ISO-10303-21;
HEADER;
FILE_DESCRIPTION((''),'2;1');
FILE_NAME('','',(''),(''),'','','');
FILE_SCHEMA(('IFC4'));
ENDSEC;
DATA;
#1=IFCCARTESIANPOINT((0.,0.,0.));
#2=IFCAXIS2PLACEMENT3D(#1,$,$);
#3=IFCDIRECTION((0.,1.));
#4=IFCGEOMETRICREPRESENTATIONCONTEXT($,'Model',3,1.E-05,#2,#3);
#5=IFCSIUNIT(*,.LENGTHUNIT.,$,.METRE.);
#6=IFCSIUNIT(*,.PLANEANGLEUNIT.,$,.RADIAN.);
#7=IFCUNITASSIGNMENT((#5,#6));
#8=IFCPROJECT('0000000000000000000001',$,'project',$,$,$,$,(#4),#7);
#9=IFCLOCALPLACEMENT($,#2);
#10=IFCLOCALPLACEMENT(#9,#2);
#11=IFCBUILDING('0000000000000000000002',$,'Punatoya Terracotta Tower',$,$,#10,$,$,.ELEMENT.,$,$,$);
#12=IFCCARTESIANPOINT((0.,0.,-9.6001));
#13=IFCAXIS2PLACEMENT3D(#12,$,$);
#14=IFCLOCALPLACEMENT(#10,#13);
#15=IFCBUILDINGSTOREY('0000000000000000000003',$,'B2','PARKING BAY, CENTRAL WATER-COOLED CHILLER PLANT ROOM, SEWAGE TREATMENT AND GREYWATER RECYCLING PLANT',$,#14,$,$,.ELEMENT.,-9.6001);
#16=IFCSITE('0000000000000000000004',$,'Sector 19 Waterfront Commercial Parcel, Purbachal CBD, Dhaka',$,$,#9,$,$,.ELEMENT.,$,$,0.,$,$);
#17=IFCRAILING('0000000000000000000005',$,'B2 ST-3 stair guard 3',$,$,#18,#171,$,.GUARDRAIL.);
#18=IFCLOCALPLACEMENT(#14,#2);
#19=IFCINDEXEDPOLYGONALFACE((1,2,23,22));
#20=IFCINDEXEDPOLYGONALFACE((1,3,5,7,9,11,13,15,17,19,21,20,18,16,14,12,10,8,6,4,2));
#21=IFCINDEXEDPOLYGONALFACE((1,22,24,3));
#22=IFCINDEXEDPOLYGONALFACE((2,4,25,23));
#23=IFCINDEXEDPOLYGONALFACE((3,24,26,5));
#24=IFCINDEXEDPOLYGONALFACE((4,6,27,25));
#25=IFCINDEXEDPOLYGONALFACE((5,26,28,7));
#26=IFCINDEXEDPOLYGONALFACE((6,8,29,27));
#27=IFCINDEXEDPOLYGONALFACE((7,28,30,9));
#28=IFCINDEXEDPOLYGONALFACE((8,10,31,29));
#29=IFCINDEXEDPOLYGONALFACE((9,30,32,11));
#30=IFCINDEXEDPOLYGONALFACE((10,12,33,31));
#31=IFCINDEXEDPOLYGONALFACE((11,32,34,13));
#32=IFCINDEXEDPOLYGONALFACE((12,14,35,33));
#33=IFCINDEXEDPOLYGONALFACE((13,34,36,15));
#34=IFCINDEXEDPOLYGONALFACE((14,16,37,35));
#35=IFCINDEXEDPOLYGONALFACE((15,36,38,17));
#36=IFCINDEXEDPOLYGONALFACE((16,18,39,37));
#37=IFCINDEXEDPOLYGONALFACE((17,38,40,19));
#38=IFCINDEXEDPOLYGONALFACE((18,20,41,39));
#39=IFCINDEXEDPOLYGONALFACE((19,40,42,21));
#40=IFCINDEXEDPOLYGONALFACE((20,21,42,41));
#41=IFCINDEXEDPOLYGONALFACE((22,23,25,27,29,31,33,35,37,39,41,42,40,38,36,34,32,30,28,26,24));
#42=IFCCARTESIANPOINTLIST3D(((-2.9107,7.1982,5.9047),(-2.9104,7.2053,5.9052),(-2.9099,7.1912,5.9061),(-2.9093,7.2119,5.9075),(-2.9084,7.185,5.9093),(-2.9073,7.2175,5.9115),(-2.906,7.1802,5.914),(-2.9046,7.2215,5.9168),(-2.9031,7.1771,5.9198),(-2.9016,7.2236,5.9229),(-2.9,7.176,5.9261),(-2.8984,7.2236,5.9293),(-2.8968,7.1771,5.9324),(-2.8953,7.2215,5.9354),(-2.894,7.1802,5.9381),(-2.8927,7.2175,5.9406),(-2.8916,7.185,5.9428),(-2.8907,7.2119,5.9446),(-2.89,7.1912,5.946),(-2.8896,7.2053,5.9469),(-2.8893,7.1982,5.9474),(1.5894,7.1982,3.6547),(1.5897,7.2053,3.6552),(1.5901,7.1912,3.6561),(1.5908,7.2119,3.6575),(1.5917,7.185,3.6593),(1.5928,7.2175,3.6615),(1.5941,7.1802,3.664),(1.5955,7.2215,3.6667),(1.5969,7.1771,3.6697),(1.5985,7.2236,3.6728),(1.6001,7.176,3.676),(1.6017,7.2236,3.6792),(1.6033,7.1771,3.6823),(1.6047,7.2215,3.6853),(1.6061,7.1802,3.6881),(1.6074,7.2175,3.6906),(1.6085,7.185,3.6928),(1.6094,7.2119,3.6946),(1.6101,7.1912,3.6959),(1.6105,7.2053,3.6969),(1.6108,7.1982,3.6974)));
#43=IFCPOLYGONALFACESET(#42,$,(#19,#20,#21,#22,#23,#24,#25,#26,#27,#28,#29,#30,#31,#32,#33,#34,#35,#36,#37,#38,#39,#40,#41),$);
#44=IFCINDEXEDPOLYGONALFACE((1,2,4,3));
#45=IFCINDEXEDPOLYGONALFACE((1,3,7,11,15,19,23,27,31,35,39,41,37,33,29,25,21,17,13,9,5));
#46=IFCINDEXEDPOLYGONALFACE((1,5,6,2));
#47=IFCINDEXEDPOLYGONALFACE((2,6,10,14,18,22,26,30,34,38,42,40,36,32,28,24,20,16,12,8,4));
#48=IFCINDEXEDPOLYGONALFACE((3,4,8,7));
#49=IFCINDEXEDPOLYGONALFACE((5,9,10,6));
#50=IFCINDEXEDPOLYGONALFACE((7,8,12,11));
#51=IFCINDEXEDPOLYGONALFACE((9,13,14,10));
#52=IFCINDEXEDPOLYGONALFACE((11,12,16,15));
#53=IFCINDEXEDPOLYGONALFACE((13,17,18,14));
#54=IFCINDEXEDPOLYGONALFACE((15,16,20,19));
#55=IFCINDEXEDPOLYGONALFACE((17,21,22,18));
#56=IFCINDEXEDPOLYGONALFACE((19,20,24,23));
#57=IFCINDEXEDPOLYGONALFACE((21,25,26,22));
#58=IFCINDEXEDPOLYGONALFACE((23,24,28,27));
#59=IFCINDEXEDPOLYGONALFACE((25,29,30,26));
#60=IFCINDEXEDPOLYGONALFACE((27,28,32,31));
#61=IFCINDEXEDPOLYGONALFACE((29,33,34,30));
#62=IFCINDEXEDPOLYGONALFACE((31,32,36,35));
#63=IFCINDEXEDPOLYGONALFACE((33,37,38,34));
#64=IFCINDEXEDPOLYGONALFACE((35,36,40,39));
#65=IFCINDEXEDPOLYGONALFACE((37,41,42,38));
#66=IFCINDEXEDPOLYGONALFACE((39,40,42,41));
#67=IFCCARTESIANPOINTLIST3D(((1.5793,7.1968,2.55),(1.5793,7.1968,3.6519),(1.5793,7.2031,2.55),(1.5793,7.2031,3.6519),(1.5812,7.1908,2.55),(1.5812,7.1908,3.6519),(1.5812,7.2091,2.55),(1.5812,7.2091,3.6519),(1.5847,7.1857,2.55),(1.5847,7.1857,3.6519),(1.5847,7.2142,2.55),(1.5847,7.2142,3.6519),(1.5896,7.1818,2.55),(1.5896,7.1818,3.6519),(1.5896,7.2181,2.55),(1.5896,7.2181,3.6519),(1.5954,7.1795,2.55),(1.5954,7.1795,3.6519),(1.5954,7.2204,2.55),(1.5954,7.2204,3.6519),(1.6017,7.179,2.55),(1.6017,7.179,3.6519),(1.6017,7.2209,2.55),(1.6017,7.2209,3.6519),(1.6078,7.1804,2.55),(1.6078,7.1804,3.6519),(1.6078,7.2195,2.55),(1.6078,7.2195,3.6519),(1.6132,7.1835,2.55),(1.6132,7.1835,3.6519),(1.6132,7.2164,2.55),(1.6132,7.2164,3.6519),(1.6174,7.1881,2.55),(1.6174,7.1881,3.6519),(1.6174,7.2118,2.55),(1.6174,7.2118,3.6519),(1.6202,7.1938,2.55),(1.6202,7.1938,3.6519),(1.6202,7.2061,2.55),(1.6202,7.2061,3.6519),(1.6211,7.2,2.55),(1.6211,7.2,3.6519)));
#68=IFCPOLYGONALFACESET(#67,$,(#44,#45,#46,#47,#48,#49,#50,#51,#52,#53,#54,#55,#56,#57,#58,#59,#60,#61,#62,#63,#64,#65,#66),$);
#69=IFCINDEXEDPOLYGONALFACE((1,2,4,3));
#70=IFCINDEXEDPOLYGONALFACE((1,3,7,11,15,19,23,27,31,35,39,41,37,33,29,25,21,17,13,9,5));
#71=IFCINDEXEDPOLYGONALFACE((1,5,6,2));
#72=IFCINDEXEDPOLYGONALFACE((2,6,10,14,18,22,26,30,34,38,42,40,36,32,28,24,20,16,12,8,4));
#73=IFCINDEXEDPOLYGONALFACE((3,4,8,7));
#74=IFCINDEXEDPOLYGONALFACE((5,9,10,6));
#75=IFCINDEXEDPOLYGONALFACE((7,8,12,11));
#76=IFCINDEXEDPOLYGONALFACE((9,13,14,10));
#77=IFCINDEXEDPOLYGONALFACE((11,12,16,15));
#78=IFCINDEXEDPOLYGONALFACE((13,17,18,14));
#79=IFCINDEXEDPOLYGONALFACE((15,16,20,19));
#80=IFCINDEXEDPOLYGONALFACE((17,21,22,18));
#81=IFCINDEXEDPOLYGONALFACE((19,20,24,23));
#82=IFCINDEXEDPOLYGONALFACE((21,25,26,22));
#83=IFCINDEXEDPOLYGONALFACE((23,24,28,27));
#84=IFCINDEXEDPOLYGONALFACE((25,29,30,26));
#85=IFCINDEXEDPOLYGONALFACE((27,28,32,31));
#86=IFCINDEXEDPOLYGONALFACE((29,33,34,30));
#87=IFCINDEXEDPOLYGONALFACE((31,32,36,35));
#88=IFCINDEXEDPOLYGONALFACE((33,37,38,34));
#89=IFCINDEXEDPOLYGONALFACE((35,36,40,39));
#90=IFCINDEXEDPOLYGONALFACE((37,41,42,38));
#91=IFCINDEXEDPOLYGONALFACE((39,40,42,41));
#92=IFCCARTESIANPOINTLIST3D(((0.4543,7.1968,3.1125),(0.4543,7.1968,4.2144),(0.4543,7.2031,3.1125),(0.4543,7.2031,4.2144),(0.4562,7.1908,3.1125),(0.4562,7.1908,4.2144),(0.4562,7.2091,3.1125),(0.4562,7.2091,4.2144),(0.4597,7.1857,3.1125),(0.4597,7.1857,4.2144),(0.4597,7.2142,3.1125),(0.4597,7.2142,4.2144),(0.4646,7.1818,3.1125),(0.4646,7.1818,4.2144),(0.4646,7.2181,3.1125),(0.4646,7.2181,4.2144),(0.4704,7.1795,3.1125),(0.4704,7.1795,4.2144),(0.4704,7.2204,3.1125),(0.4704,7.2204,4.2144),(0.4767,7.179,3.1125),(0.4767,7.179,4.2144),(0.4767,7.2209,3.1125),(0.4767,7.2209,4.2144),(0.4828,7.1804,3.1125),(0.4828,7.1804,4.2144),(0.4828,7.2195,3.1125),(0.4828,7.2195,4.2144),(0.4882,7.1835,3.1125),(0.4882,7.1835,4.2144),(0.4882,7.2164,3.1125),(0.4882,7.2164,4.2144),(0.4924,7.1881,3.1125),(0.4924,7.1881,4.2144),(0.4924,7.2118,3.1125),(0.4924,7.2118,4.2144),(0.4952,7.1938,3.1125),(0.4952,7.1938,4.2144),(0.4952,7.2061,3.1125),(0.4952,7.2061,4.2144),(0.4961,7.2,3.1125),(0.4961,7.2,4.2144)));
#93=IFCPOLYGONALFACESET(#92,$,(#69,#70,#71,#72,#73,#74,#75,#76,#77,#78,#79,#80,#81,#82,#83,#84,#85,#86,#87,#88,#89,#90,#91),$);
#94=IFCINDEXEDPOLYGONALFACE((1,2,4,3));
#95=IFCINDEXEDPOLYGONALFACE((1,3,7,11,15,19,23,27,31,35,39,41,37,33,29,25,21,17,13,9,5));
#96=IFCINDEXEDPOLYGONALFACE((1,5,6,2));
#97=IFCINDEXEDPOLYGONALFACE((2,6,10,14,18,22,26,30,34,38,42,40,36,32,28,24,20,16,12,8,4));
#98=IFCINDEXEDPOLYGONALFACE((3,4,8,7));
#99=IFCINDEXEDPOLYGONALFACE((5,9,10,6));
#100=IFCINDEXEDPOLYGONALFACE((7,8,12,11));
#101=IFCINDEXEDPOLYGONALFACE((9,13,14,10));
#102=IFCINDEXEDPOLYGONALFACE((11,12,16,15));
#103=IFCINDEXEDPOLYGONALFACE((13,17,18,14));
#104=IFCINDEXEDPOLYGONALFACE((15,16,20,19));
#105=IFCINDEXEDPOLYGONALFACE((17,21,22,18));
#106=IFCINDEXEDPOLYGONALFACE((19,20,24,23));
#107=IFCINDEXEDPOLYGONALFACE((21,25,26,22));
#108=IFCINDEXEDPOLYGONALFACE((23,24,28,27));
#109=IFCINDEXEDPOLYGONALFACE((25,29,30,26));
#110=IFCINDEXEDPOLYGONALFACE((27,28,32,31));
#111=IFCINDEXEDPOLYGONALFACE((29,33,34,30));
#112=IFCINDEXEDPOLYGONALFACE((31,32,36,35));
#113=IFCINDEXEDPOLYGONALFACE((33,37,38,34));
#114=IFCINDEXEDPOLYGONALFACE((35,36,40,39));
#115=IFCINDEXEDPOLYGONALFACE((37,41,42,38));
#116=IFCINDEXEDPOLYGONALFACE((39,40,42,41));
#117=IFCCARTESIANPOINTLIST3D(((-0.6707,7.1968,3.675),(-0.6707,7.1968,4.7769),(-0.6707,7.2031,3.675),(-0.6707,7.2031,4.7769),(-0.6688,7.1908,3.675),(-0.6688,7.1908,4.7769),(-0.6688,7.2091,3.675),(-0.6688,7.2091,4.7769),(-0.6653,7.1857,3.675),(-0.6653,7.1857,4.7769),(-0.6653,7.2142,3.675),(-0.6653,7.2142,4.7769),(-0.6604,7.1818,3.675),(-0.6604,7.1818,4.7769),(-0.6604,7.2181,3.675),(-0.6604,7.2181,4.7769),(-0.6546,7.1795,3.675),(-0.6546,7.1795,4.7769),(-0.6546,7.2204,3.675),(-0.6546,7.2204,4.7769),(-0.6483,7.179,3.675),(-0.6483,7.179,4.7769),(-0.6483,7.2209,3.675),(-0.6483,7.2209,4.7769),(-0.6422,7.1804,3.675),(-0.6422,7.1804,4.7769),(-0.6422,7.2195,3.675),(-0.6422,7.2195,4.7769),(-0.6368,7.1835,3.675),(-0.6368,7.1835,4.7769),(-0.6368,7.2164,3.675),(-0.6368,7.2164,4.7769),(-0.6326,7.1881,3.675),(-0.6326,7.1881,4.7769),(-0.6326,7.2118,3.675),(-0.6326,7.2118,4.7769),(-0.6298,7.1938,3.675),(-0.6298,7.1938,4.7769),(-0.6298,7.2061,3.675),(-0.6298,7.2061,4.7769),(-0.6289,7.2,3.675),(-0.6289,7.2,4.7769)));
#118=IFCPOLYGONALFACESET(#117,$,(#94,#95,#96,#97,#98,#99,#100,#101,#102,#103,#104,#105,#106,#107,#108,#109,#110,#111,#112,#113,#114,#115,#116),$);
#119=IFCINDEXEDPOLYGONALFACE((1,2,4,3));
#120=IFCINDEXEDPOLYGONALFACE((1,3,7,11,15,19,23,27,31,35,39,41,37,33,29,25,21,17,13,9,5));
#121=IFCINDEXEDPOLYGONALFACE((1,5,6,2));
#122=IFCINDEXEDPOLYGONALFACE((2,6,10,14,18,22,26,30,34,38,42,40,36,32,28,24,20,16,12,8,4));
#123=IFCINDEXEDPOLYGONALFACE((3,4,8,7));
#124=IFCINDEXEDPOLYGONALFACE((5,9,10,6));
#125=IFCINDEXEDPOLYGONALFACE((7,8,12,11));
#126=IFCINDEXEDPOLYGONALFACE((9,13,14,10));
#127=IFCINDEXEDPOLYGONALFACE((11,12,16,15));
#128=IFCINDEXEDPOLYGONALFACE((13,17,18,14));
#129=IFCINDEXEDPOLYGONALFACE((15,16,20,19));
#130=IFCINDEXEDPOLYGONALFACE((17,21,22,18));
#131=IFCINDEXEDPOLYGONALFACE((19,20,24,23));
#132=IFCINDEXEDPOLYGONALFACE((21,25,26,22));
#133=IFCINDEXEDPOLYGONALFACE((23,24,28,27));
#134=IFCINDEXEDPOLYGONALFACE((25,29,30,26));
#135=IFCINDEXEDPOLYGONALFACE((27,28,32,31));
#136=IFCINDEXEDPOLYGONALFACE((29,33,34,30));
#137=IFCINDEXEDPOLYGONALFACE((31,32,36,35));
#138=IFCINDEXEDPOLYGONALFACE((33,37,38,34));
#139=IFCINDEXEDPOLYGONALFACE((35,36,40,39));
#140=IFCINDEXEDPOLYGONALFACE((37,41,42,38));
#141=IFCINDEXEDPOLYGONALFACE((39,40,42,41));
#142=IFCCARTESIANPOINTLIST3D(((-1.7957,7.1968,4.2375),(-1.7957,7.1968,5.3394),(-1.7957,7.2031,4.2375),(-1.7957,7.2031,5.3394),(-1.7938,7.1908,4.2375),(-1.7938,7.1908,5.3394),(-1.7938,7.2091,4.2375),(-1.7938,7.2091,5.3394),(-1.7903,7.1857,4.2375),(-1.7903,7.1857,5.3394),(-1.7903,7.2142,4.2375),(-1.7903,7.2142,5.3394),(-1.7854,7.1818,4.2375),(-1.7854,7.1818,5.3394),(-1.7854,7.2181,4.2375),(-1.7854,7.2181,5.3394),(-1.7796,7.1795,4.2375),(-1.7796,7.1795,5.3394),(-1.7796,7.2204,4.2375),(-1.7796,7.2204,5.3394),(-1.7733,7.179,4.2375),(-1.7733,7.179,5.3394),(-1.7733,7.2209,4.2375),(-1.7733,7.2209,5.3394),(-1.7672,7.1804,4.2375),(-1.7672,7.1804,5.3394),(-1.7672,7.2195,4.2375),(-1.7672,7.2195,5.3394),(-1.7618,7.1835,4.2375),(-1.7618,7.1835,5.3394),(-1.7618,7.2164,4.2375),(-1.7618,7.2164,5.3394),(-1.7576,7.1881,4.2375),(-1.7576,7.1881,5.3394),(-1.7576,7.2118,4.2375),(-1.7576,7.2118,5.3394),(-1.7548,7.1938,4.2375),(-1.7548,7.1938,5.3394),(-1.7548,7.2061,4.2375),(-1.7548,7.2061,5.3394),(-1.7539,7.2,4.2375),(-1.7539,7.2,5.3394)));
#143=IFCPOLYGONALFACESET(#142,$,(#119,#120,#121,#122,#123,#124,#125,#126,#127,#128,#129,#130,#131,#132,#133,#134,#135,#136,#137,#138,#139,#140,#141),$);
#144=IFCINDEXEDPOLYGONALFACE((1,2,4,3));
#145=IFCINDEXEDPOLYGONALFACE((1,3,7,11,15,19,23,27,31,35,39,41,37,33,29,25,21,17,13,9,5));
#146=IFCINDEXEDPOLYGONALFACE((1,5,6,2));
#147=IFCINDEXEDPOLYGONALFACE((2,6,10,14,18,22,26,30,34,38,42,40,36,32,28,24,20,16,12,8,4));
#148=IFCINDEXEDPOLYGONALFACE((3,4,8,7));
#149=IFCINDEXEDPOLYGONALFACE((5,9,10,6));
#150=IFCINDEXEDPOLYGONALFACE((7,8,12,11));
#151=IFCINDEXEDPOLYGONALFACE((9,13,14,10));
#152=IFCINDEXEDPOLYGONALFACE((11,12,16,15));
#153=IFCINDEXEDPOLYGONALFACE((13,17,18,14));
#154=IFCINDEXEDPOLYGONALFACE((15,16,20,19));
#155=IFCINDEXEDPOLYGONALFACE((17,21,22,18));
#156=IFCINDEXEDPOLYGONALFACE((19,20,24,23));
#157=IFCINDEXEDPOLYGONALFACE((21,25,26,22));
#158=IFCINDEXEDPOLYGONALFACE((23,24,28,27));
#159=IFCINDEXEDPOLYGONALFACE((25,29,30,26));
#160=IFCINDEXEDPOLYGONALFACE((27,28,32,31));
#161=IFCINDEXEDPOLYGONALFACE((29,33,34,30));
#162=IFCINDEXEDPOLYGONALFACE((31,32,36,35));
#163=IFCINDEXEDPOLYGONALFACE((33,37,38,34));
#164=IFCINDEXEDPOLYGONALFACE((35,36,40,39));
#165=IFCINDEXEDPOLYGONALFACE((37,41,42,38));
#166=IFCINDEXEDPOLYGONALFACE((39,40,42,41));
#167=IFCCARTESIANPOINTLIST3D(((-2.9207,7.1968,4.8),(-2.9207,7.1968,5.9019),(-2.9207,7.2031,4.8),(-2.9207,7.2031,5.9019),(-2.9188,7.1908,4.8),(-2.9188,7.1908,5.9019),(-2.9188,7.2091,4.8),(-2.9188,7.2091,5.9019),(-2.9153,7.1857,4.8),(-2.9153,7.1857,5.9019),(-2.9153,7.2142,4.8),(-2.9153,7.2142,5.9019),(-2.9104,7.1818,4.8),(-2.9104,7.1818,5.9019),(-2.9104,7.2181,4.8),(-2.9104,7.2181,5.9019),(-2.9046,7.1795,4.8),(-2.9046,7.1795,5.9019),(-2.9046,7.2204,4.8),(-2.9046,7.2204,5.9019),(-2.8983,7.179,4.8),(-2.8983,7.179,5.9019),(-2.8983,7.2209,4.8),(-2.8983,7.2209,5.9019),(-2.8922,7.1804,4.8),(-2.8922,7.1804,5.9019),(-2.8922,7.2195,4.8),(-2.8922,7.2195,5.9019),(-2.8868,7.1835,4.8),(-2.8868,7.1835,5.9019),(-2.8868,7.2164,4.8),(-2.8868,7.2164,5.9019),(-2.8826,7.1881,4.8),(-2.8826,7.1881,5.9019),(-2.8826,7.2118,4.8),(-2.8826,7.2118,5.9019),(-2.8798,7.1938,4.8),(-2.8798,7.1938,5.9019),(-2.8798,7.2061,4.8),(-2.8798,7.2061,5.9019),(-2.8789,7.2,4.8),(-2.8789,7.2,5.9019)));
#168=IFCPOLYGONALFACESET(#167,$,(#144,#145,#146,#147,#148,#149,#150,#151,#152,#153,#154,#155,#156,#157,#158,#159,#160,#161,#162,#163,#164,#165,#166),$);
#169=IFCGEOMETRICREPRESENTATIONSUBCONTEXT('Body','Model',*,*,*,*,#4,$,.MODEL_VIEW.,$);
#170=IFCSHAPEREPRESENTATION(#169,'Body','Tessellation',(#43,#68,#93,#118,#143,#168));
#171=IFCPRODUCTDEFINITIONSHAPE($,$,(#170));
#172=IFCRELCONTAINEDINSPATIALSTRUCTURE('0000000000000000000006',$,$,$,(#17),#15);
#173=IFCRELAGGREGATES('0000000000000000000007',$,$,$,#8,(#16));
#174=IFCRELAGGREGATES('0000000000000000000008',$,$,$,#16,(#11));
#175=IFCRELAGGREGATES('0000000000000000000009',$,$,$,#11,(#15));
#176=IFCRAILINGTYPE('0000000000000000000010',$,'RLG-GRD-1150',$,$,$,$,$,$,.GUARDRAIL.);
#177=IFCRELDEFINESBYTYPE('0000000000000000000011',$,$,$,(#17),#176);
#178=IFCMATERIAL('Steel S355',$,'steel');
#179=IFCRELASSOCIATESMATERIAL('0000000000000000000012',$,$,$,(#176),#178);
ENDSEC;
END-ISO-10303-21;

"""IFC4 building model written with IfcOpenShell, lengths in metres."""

from ifc_helpers import new_model, si_unit, direction, frame, origin, origin_2d, place, context, subcontext, project, spatial, circle, extrude, material, type_object, element, save


model = new_model("IFC4")

# Units and contexts
model_context = context("Model", 3, precision=1e-05, world=origin(), true_north=direction((0.0, 1.0)))
body_context = subcontext(model_context, "Body", "Model", "MODEL_VIEW")
ifc_project = project(units=[si_unit("LENGTHUNIT", "METRE"), si_unit("PLANEANGLEUNIT", "RADIAN")], contexts=[model_context])

# Site, building, storey
site_placement = place(None, origin())
site = spatial("IfcSite", under=ifc_project, at=site_placement, Name="Sector 19 Waterfront Commercial Parcel, Purbachal CBD, Dhaka", CompositionType="ELEMENT", RefElevation=0.0)
building_placement = place(site_placement, origin())
building = spatial("IfcBuilding", under=site, at=building_placement, Name="Punatoya Terracotta Tower", CompositionType="ELEMENT")
storey_placement = place(building_placement, frame((0.0, 0.0, -9.6001)))
storey = spatial("IfcBuildingStorey", under=building, at=storey_placement, Name="B2", Description="PARKING BAY, CENTRAL WATER-COOLED CHILLER PLANT ROOM, SEWAGE TREATMENT AND GREYWATER RECYCLING PLANT", CompositionType="ELEMENT", Elevation=-9.6001)

# Railing
ifc_material_1 = material(Name="Steel S355", Category="steel")
railing_type_1 = type_object("IfcRailingType", Name="RLG-GRD-1150", PredefinedType="GUARDRAIL", material=ifc_material_1)
railing_1_placement = place(storey_placement, frame((1.6001, 7.2, 2.55)))
element("IfcRailing", 1, at=railing_1_placement, inside=storey, type_object=railing_type_1, Name="B2 ST-3 stair guard 3", PredefinedType="GUARDRAIL", context=body_context, shape_type="SweptSolid", body=[
    extrude(circle(Radius=0.0239, at=origin_2d()), frame((0.0, 0.0, 1.126), z_axis=(-0.894427, 0.0, 0.447214), x_axis=(0.0, -1.0, 0.0)), (0.0, 0.0, 1.0), 5.0312),
    extrude(circle(Radius=0.021, at=origin_2d()), origin(), (0.0, 0.0, 1.0), 1.1018),
    extrude(circle(Radius=0.021, at=origin_2d()), frame((-1.125, 0.0, 0.5625)), (0.0, 0.0, 1.0), 1.1018),
    extrude(circle(Radius=0.021, at=origin_2d()), frame((-2.25, 0.0, 1.125)), (0.0, 0.0, 1.0), 1.1018),
    extrude(circle(Radius=0.021, at=origin_2d()), frame((-3.375, 0.0, 1.6875)), (0.0, 0.0, 1.0), 1.1018),
    extrude(circle(Radius=0.021, at=origin_2d()), frame((-4.5, 0.0, 2.25)), (0.0, 0.0, 1.0), 1.1018),
])

save(model, "model.ifc")
